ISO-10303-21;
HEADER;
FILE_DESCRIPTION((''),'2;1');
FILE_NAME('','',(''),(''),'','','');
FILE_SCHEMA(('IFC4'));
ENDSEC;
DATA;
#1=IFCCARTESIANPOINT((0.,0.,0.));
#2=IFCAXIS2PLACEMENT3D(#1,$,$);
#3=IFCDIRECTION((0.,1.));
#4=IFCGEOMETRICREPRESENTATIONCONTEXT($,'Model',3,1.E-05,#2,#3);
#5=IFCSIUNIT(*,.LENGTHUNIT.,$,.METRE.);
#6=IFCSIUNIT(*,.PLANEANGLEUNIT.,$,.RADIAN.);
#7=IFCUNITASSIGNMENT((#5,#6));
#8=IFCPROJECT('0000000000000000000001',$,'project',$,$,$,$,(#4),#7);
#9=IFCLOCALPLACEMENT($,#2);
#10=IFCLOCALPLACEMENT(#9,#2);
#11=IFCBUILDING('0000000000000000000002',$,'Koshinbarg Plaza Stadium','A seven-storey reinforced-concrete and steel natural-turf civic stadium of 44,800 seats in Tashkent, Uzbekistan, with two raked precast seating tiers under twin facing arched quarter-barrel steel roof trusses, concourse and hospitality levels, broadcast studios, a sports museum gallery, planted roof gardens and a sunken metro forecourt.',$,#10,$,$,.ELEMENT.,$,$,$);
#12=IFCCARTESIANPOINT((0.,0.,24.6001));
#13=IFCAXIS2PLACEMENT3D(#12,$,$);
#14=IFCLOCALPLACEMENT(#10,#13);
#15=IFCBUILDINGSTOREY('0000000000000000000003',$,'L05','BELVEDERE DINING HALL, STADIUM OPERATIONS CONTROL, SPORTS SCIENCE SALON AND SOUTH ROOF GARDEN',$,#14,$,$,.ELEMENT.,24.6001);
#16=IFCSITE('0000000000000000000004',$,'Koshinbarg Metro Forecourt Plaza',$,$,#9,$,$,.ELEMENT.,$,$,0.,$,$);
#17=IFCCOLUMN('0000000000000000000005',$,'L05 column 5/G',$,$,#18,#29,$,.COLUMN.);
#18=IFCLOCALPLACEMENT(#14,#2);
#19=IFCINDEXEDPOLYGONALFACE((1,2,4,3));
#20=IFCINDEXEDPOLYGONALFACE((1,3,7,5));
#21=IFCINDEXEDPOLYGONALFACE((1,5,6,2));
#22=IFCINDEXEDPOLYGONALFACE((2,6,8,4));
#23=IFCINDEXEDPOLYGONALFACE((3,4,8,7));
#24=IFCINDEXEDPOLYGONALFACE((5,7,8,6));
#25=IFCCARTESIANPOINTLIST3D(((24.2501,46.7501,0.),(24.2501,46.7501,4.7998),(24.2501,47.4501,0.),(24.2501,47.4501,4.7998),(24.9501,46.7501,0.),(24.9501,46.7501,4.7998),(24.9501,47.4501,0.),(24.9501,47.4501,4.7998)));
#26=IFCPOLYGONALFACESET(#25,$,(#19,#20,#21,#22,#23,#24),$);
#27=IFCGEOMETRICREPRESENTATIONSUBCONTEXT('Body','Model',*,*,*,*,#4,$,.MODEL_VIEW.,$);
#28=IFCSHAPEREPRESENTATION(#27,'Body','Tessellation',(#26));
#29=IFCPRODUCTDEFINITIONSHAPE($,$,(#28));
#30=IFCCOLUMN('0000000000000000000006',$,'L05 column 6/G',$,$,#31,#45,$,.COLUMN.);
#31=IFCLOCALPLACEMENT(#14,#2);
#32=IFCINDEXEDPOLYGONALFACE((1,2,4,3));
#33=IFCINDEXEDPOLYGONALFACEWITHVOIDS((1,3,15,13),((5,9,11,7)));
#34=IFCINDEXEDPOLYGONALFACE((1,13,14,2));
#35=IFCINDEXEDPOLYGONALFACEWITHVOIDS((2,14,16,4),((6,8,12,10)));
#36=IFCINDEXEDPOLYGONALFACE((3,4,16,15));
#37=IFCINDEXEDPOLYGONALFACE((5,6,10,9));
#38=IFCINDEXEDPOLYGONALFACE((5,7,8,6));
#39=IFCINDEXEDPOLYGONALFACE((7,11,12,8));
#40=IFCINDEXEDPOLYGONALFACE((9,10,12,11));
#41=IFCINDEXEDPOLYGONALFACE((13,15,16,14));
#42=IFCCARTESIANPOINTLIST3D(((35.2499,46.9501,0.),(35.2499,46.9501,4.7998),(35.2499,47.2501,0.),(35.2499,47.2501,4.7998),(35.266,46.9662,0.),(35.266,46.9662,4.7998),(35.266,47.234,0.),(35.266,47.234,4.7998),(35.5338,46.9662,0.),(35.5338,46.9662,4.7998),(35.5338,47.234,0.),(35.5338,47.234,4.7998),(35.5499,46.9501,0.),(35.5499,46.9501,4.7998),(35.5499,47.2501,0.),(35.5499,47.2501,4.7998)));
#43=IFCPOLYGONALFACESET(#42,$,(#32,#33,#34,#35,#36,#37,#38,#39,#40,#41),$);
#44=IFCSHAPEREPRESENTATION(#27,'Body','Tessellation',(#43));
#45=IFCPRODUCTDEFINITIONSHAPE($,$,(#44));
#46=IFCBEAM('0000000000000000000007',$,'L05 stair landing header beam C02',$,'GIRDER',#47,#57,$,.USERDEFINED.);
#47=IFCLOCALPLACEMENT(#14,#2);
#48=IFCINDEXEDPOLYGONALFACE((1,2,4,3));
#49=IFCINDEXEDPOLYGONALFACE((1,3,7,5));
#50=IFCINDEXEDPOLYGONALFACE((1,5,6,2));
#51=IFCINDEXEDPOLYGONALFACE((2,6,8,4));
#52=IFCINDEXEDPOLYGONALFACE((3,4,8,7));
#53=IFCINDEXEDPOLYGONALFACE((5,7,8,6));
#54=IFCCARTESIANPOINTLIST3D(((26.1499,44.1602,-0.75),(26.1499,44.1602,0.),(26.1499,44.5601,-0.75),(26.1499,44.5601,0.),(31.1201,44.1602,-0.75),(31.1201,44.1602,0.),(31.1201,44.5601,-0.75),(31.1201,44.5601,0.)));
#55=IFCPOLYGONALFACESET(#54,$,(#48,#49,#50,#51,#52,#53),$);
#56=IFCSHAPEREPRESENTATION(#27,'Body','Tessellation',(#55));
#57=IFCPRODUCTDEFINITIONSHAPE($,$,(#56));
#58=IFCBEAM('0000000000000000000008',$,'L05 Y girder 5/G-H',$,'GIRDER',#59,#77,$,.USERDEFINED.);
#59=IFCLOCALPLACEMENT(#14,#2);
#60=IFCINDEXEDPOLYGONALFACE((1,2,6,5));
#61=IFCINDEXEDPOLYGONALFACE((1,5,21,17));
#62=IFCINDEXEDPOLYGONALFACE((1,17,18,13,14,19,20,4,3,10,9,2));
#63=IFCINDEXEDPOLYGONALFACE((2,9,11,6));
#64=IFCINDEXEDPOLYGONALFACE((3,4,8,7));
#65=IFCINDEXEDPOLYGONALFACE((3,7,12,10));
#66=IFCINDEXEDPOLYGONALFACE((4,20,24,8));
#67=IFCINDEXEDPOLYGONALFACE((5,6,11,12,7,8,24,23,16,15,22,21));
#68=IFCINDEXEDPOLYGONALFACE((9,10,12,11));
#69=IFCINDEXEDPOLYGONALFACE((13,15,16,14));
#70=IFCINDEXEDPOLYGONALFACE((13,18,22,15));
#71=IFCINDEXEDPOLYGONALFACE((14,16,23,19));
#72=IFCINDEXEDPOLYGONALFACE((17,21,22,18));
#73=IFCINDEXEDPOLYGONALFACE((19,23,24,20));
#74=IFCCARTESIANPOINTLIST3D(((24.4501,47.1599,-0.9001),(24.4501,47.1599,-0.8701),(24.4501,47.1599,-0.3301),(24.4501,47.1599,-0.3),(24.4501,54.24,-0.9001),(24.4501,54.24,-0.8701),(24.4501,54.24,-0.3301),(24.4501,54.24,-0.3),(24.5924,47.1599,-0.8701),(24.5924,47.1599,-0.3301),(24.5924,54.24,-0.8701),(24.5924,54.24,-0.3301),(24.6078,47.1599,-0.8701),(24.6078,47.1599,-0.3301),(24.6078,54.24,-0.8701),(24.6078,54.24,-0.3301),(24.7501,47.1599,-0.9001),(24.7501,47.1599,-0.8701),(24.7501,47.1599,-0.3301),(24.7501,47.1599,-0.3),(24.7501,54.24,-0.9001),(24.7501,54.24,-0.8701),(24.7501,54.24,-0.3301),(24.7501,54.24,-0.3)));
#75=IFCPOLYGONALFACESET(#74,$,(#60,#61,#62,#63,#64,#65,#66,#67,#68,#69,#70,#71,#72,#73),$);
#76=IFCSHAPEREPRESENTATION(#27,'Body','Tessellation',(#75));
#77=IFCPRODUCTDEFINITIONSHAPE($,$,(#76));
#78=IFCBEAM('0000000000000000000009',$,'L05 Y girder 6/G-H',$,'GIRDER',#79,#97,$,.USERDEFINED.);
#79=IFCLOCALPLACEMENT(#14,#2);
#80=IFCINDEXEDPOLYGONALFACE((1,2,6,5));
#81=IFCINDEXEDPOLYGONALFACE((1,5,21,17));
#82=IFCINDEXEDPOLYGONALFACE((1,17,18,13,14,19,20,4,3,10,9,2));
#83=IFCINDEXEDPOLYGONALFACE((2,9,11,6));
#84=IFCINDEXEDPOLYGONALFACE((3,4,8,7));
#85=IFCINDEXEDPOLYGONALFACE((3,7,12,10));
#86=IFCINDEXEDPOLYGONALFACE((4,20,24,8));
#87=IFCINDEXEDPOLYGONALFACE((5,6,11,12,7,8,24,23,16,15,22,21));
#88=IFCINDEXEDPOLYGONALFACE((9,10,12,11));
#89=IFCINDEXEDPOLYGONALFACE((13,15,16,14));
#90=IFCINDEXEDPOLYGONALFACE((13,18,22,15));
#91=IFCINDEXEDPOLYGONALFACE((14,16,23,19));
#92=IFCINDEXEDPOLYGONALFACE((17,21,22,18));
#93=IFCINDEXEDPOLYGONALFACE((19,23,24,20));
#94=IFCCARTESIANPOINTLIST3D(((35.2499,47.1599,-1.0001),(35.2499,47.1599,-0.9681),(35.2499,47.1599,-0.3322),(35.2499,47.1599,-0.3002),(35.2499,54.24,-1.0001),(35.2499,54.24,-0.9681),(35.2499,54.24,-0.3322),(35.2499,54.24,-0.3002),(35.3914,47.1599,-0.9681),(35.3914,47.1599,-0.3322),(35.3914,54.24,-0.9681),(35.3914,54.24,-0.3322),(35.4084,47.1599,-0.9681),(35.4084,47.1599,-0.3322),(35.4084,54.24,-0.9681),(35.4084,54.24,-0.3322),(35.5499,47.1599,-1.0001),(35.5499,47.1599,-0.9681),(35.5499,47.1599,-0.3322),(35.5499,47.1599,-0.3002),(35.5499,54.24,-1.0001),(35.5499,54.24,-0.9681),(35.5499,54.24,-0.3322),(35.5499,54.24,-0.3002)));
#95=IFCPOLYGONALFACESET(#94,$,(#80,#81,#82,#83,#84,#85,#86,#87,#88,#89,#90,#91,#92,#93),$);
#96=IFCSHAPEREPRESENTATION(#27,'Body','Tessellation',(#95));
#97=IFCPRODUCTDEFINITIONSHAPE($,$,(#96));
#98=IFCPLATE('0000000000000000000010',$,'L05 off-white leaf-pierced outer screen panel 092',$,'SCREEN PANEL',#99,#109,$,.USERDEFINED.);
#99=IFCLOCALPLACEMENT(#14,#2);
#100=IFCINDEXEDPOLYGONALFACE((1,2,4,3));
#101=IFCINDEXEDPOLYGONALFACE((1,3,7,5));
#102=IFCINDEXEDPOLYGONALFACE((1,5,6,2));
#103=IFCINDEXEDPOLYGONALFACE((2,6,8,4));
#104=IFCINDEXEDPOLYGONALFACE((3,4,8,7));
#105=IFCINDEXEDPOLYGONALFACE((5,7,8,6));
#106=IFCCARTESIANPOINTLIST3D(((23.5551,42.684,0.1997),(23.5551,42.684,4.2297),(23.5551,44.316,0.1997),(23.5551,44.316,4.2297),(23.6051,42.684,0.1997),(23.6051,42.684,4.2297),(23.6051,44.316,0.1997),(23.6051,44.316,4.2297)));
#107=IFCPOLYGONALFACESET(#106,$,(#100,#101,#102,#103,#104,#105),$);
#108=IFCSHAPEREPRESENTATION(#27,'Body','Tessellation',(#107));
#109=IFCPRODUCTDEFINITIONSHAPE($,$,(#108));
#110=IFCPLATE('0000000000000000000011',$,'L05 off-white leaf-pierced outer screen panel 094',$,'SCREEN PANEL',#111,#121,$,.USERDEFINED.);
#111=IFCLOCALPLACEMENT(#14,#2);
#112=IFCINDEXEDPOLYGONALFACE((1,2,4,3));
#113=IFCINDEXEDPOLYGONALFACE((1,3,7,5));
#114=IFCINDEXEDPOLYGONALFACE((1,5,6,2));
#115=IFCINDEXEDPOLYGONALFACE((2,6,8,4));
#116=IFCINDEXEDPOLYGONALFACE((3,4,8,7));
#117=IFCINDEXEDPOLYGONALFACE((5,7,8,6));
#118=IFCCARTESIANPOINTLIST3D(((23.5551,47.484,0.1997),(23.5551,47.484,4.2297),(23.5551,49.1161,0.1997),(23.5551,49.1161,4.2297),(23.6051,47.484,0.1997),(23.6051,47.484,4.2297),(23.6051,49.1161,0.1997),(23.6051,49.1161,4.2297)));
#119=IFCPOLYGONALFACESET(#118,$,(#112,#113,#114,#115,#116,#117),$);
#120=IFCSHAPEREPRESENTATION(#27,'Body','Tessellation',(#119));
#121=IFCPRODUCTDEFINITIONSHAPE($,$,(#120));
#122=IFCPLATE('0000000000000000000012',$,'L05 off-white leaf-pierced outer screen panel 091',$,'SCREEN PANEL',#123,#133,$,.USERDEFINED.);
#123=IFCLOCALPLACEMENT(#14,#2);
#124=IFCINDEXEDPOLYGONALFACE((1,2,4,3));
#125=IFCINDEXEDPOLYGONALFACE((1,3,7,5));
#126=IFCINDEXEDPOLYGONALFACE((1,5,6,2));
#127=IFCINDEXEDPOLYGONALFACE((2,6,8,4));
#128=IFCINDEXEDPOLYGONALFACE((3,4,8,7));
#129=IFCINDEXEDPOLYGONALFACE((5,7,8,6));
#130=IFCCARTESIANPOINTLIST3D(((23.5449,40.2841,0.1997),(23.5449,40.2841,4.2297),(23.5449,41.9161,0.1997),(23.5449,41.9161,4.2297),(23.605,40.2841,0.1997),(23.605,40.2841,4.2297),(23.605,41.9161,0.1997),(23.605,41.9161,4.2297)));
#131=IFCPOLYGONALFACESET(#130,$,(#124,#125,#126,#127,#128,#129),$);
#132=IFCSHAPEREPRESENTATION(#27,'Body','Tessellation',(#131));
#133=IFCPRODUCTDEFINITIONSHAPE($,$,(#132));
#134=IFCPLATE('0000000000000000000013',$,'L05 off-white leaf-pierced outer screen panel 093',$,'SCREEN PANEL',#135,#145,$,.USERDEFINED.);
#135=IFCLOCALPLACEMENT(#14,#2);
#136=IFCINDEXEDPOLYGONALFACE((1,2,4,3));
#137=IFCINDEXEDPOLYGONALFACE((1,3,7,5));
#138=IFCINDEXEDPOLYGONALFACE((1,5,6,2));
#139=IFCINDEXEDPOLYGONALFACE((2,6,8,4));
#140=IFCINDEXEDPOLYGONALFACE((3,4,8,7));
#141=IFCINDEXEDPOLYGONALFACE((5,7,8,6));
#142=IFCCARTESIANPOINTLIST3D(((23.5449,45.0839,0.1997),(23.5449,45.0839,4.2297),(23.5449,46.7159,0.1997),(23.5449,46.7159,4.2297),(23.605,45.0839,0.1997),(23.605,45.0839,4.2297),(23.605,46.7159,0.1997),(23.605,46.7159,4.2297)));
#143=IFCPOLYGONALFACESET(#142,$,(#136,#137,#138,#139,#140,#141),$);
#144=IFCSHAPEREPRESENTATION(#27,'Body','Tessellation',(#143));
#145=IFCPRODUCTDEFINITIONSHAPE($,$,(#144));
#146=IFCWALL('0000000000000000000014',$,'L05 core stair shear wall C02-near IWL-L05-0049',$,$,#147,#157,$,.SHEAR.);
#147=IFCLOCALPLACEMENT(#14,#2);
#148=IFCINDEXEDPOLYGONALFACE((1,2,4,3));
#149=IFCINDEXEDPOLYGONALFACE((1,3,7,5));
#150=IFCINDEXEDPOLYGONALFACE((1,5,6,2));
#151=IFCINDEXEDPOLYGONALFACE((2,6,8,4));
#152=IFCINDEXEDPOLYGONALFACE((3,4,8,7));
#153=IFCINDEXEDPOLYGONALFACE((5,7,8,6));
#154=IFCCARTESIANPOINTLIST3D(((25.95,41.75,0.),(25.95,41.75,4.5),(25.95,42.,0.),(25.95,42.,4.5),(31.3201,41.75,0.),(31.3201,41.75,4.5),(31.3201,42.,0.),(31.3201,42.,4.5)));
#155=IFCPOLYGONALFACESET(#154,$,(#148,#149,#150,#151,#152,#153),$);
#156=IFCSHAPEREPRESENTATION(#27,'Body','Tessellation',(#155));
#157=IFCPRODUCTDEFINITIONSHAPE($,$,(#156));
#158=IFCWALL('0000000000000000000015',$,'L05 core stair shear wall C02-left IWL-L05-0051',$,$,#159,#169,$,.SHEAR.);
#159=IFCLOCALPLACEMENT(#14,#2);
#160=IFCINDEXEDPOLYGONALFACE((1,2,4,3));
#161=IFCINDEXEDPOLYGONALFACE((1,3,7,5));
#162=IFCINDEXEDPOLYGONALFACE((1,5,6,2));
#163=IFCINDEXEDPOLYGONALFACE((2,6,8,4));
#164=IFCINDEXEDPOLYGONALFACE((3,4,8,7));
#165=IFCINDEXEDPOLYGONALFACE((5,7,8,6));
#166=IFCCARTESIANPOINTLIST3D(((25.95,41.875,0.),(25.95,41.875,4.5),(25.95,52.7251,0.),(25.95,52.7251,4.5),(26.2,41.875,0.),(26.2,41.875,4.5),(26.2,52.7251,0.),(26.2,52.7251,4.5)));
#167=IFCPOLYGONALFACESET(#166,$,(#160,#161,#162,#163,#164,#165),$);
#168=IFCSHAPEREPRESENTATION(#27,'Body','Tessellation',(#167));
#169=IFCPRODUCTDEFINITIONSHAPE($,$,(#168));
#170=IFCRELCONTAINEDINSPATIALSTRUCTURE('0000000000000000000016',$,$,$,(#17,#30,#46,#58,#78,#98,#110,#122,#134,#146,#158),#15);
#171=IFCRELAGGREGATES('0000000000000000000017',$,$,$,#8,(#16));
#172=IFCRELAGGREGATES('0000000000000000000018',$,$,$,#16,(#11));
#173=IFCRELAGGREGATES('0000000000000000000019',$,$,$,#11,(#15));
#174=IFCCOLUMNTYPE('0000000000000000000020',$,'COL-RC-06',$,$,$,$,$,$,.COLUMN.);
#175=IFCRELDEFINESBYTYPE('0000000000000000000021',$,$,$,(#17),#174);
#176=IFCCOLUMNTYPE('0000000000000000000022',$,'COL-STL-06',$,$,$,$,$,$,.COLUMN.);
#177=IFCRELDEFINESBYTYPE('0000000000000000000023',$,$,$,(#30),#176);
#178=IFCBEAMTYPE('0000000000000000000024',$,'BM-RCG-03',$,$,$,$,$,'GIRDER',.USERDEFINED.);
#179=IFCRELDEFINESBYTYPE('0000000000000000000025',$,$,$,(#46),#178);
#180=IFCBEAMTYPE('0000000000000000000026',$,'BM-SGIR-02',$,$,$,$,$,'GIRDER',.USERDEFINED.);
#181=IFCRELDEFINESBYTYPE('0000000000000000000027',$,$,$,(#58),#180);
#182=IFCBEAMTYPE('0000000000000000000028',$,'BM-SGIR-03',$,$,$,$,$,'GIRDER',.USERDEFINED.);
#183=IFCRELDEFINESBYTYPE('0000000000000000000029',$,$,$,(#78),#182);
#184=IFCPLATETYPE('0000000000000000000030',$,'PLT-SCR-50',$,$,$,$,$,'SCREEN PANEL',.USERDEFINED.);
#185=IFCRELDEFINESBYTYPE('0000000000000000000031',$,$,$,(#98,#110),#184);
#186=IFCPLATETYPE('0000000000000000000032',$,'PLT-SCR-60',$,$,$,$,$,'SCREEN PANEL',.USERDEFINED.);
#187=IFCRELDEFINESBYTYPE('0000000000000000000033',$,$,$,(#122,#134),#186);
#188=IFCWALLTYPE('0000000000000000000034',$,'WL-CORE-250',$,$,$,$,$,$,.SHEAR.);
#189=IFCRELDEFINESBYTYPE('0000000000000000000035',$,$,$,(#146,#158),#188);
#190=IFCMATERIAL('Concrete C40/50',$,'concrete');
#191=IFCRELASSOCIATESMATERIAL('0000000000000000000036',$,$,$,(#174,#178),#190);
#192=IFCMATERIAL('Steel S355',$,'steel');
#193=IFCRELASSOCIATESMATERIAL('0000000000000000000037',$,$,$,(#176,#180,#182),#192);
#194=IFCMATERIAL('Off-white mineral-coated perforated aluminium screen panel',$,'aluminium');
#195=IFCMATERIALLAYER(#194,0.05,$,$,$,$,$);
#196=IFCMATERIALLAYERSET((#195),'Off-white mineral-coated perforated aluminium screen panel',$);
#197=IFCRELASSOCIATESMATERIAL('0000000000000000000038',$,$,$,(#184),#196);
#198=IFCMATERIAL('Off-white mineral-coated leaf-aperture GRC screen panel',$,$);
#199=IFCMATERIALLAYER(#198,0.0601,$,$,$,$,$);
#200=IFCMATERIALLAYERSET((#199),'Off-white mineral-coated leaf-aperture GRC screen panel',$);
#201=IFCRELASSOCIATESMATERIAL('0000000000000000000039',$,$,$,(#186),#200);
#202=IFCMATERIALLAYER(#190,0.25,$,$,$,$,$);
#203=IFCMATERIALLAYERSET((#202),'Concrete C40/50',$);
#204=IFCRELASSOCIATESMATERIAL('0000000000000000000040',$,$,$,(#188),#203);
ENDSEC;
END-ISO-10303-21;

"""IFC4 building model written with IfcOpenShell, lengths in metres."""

from ifc_helpers import new_model, si_unit, direction, frame, frame_2d, origin, origin_2d, place, context, subcontext, project, spatial, rectangle, hollow_rectangle, i_section, extrude, material, layer, layer_set, material_profile, profile_set, type_object, element, save


model = new_model("IFC4")

# Units and contexts
model_context = context("Model", 3, precision=1e-05, world=origin(), true_north=direction((0.0, 1.0)))
body_context = subcontext(model_context, "Body", "Model", "MODEL_VIEW")
ifc_project = project(units=[si_unit("LENGTHUNIT", "METRE"), si_unit("PLANEANGLEUNIT", "RADIAN")], contexts=[model_context])

# Site, building, storey
site_placement = place(None, origin())
site = spatial("IfcSite", under=ifc_project, at=site_placement, Name="Koshinbarg Metro Forecourt Plaza", CompositionType="ELEMENT", RefElevation=0.0)
building_placement = place(site_placement, origin())
building = spatial("IfcBuilding", under=site, at=building_placement, Name="Koshinbarg Plaza Stadium", Description="A seven-storey reinforced-concrete and steel natural-turf civic stadium of 44,800 seats in Tashkent, Uzbekistan, with two raked precast seating tiers under twin facing arched quarter-barrel steel roof trusses, concourse and hospitality levels, broadcast studios, a sports museum gallery, planted roof gardens and a sunken metro forecourt.", CompositionType="ELEMENT")
storey_placement = place(building_placement, frame((0.0, 0.0, 24.6001)))
storey = spatial("IfcBuildingStorey", under=building, at=storey_placement, Name="L05", Description="BELVEDERE DINING HALL, STADIUM OPERATIONS CONTROL, SPORTS SCIENCE SALON AND SOUTH ROOF GARDEN", CompositionType="ELEMENT", Elevation=24.6001)

# Columns
ifc_material_1 = material(Name="Concrete C40/50", Category="concrete")
ifc_material_profile_1 = material_profile(ifc_material_1, rectangle(XDim=0.7, YDim=0.7, at=origin_2d()), Name="RC 700x700")
ifc_profile_set_1 = profile_set([ifc_material_profile_1], Name="Concrete C40/50")
column_type_1 = type_object("IfcColumnType", Name="COL-RC-06", PredefinedType="COLUMN", material=ifc_profile_set_1)
column_1_placement = place(storey_placement, frame((24.6001, 47.1001, 0.0), z_axis=(0.0, 0.0, 1.0), x_axis=(1.0, 0.0, 0.0)))
element("IfcColumn", 1, at=column_1_placement, inside=storey, type_object=column_type_1, Name="L05 column 5/G", PredefinedType="COLUMN", context=body_context, shape_type="SweptSolid", body=[
    extrude(rectangle(XDim=0.7, YDim=0.7, at=origin_2d()), origin(), (0.0, 0.0, 1.0), 4.7998),
])
ifc_material_2 = material(Name="Steel S355", Category="steel")
ifc_material_profile_2 = material_profile(ifc_material_2, hollow_rectangle(XDim=0.3, YDim=0.3, WallThickness=0.0161, at=origin_2d()), Name="SHS 300x300x16")
ifc_profile_set_2 = profile_set([ifc_material_profile_2], Name="Steel S355")
column_type_2 = type_object("IfcColumnType", Name="COL-STL-06", PredefinedType="COLUMN", material=ifc_profile_set_2)
column_2_placement = place(storey_placement, frame((35.3999, 47.1001, 0.0), z_axis=(0.0, 0.0, 1.0), x_axis=(1.0, 0.0, 0.0)))
element("IfcColumn", 2, at=column_2_placement, inside=storey, type_object=column_type_2, Name="L05 column 6/G", PredefinedType="COLUMN", context=body_context, shape_type="SweptSolid", body=[
    extrude(hollow_rectangle(XDim=0.3, YDim=0.3, WallThickness=0.0161, at=origin_2d()), origin(), (0.0, 0.0, 1.0), 4.7998),
])

# Beams
ifc_material_profile_3 = material_profile(ifc_material_1, rectangle(XDim=0.3999, YDim=0.75, at=origin_2d()), Name="RC 400x750")
ifc_profile_set_3 = profile_set([ifc_material_profile_3], Name="Concrete C40/50")
beam_type_1 = type_object("IfcBeamType", Name="BM-RCG-03", ElementType="GIRDER", PredefinedType="USERDEFINED", material=ifc_profile_set_3)
beam_1_placement = place(storey_placement, frame((26.1499, 44.3601, -0.375), z_axis=(1.0, 0.0, 0.0), x_axis=(0.0, 1.0, 0.0)))
element("IfcBeam", 3, at=beam_1_placement, inside=storey, type_object=beam_type_1, Name="L05 stair landing header beam C02", ObjectType="GIRDER", PredefinedType="USERDEFINED", context=body_context, shape_type="SweptSolid", body=[
    extrude(rectangle(XDim=0.3999, YDim=0.75, at=origin_2d()), origin(), (0.0, 0.0, 1.0), 4.9702),
])
ifc_material_profile_4 = material_profile(ifc_material_2, i_section(OverallWidth=0.3, OverallDepth=0.6001, WebThickness=0.0154, FlangeThickness=0.03, at=origin_2d()), Name="HEB 600")
ifc_profile_set_4 = profile_set([ifc_material_profile_4], Name="Steel S355")
beam_type_2 = type_object("IfcBeamType", Name="BM-SGIR-02", ElementType="GIRDER", PredefinedType="USERDEFINED", material=ifc_profile_set_4)
beam_2_placement = place(storey_placement, frame((24.6001, 47.1599, -0.6001), z_axis=(0.0, 1.0, 0.0), x_axis=(-1.0, 0.0, 0.0)))
element("IfcBeam", 4, at=beam_2_placement, inside=storey, type_object=beam_type_2, Name="L05 Y girder 5/G-H", ObjectType="GIRDER", PredefinedType="USERDEFINED", context=body_context, shape_type="SweptSolid", body=[
    extrude(i_section(OverallWidth=0.3, OverallDepth=0.6001, WebThickness=0.0154, FlangeThickness=0.03, at=origin_2d()), origin(), (0.0, 0.0, 1.0), 7.0801),
])
ifc_material_profile_5 = material_profile(ifc_material_2, i_section(OverallWidth=0.3, OverallDepth=0.7, WebThickness=0.0171, FlangeThickness=0.032, at=origin_2d()), Name="HEB 700")
ifc_profile_set_5 = profile_set([ifc_material_profile_5], Name="Steel S355")
beam_type_3 = type_object("IfcBeamType", Name="BM-SGIR-03", ElementType="GIRDER", PredefinedType="USERDEFINED", material=ifc_profile_set_5)
beam_3_placement = place(storey_placement, frame((35.3999, 47.1599, -0.6501), z_axis=(0.0, 1.0, 0.0), x_axis=(-1.0, 0.0, 0.0)))
element("IfcBeam", 5, at=beam_3_placement, inside=storey, type_object=beam_type_3, Name="L05 Y girder 6/G-H", ObjectType="GIRDER", PredefinedType="USERDEFINED", context=body_context, shape_type="SweptSolid", body=[
    extrude(i_section(OverallWidth=0.3, OverallDepth=0.7, WebThickness=0.0171, FlangeThickness=0.032, at=origin_2d()), origin(), (0.0, 0.0, 1.0), 7.0801),
])

# Plates
ifc_material_3 = material(Name="Off-white mineral-coated perforated aluminium screen panel", Category="aluminium")
ifc_layer_1 = layer(ifc_material_3, 0.05)
ifc_layer_set_1 = layer_set([ifc_layer_1], Name="Off-white mineral-coated perforated aluminium screen panel")
plate_type_1 = type_object("IfcPlateType", Name="PLT-SCR-50", ElementType="SCREEN PANEL", PredefinedType="USERDEFINED", material=ifc_layer_set_1)
for number, where, z_axis, x_axis, name in (
    (6, (23.5801, 43.5, 0.1997), (0.0, 0.0, 1.0), (1.0, 0.0, 0.0), "L05 off-white leaf-pierced outer screen panel 092"),
    (7, (23.5801, 48.3, 0.1997), (0.0, 0.0, 1.0), (1.0, 0.0, 0.0), "L05 off-white leaf-pierced outer screen panel 094"),
):
    element("IfcPlate", number, at=place(storey_placement, frame(where, z_axis=z_axis, x_axis=x_axis)), inside=storey, type_object=plate_type_1, Name=name, ObjectType="SCREEN PANEL", PredefinedType="USERDEFINED", context=body_context, shape_type="SweptSolid", body=[
        extrude(rectangle(XDim=0.05, YDim=1.6321, at=origin_2d()), origin(), (0.0, 0.0, 1.0), 4.03),
    ])
ifc_material_4 = material(Name="Off-white mineral-coated leaf-aperture GRC screen panel")
ifc_layer_2 = layer(ifc_material_4, 0.0601)
ifc_layer_set_2 = layer_set([ifc_layer_2], Name="Off-white mineral-coated leaf-aperture GRC screen panel")
plate_type_2 = type_object("IfcPlateType", Name="PLT-SCR-60", ElementType="SCREEN PANEL", PredefinedType="USERDEFINED", material=ifc_layer_set_2)
for number, where, z_axis, x_axis, name in (
    (8, (23.575, 41.1001, 0.1997), (0.0, 0.0, 1.0), (1.0, 0.0, 0.0), "L05 off-white leaf-pierced outer screen panel 091"),
    (9, (23.575, 45.8999, 0.1997), (0.0, 0.0, 1.0), (1.0, 0.0, 0.0), "L05 off-white leaf-pierced outer screen panel 093"),
):
    element("IfcPlate", number, at=place(storey_placement, frame(where, z_axis=z_axis, x_axis=x_axis)), inside=storey, type_object=plate_type_2, Name=name, ObjectType="SCREEN PANEL", PredefinedType="USERDEFINED", context=body_context, shape_type="SweptSolid", body=[
        extrude(rectangle(XDim=0.0601, YDim=1.6321, at=origin_2d()), origin(), (0.0, 0.0, 1.0), 4.03),
    ])

# Walls
ifc_layer_3 = layer(ifc_material_1, 0.25)
ifc_layer_set_3 = layer_set([ifc_layer_3], Name="Concrete C40/50")
wall_type_1 = type_object("IfcWallType", Name="WL-CORE-250", PredefinedType="SHEAR", material=ifc_layer_set_3)
wall_1_placement = place(storey_placement, frame((25.95, 41.875, 0.0), z_axis=(0.0, 0.0, 1.0), x_axis=(1.0, 0.0, 0.0)))
element("IfcWall", 10, at=wall_1_placement, inside=storey, type_object=wall_type_1, Name="L05 core stair shear wall C02-near IWL-L05-0049", PredefinedType="SHEAR", context=body_context, shape_type="SweptSolid", body=[
    extrude(rectangle(XDim=5.3701, YDim=0.25, at=frame_2d((2.6851, 0.0))), origin(), (0.0, 0.0, 1.0), 4.5),
])
wall_2_placement = place(storey_placement, frame((26.075, 41.875, 0.0), z_axis=(0.0, 0.0, 1.0), x_axis=(0.0, 1.0, 0.0)))
element("IfcWall", 11, at=wall_2_placement, inside=storey, type_object=wall_type_1, Name="L05 core stair shear wall C02-left IWL-L05-0051", PredefinedType="SHEAR", context=body_context, shape_type="SweptSolid", body=[
    extrude(rectangle(XDim=10.8501, YDim=0.25, at=frame_2d((5.425, 0.0))), origin(), (0.0, 0.0, 1.0), 4.5),
])

save(model, "model.ifc")
